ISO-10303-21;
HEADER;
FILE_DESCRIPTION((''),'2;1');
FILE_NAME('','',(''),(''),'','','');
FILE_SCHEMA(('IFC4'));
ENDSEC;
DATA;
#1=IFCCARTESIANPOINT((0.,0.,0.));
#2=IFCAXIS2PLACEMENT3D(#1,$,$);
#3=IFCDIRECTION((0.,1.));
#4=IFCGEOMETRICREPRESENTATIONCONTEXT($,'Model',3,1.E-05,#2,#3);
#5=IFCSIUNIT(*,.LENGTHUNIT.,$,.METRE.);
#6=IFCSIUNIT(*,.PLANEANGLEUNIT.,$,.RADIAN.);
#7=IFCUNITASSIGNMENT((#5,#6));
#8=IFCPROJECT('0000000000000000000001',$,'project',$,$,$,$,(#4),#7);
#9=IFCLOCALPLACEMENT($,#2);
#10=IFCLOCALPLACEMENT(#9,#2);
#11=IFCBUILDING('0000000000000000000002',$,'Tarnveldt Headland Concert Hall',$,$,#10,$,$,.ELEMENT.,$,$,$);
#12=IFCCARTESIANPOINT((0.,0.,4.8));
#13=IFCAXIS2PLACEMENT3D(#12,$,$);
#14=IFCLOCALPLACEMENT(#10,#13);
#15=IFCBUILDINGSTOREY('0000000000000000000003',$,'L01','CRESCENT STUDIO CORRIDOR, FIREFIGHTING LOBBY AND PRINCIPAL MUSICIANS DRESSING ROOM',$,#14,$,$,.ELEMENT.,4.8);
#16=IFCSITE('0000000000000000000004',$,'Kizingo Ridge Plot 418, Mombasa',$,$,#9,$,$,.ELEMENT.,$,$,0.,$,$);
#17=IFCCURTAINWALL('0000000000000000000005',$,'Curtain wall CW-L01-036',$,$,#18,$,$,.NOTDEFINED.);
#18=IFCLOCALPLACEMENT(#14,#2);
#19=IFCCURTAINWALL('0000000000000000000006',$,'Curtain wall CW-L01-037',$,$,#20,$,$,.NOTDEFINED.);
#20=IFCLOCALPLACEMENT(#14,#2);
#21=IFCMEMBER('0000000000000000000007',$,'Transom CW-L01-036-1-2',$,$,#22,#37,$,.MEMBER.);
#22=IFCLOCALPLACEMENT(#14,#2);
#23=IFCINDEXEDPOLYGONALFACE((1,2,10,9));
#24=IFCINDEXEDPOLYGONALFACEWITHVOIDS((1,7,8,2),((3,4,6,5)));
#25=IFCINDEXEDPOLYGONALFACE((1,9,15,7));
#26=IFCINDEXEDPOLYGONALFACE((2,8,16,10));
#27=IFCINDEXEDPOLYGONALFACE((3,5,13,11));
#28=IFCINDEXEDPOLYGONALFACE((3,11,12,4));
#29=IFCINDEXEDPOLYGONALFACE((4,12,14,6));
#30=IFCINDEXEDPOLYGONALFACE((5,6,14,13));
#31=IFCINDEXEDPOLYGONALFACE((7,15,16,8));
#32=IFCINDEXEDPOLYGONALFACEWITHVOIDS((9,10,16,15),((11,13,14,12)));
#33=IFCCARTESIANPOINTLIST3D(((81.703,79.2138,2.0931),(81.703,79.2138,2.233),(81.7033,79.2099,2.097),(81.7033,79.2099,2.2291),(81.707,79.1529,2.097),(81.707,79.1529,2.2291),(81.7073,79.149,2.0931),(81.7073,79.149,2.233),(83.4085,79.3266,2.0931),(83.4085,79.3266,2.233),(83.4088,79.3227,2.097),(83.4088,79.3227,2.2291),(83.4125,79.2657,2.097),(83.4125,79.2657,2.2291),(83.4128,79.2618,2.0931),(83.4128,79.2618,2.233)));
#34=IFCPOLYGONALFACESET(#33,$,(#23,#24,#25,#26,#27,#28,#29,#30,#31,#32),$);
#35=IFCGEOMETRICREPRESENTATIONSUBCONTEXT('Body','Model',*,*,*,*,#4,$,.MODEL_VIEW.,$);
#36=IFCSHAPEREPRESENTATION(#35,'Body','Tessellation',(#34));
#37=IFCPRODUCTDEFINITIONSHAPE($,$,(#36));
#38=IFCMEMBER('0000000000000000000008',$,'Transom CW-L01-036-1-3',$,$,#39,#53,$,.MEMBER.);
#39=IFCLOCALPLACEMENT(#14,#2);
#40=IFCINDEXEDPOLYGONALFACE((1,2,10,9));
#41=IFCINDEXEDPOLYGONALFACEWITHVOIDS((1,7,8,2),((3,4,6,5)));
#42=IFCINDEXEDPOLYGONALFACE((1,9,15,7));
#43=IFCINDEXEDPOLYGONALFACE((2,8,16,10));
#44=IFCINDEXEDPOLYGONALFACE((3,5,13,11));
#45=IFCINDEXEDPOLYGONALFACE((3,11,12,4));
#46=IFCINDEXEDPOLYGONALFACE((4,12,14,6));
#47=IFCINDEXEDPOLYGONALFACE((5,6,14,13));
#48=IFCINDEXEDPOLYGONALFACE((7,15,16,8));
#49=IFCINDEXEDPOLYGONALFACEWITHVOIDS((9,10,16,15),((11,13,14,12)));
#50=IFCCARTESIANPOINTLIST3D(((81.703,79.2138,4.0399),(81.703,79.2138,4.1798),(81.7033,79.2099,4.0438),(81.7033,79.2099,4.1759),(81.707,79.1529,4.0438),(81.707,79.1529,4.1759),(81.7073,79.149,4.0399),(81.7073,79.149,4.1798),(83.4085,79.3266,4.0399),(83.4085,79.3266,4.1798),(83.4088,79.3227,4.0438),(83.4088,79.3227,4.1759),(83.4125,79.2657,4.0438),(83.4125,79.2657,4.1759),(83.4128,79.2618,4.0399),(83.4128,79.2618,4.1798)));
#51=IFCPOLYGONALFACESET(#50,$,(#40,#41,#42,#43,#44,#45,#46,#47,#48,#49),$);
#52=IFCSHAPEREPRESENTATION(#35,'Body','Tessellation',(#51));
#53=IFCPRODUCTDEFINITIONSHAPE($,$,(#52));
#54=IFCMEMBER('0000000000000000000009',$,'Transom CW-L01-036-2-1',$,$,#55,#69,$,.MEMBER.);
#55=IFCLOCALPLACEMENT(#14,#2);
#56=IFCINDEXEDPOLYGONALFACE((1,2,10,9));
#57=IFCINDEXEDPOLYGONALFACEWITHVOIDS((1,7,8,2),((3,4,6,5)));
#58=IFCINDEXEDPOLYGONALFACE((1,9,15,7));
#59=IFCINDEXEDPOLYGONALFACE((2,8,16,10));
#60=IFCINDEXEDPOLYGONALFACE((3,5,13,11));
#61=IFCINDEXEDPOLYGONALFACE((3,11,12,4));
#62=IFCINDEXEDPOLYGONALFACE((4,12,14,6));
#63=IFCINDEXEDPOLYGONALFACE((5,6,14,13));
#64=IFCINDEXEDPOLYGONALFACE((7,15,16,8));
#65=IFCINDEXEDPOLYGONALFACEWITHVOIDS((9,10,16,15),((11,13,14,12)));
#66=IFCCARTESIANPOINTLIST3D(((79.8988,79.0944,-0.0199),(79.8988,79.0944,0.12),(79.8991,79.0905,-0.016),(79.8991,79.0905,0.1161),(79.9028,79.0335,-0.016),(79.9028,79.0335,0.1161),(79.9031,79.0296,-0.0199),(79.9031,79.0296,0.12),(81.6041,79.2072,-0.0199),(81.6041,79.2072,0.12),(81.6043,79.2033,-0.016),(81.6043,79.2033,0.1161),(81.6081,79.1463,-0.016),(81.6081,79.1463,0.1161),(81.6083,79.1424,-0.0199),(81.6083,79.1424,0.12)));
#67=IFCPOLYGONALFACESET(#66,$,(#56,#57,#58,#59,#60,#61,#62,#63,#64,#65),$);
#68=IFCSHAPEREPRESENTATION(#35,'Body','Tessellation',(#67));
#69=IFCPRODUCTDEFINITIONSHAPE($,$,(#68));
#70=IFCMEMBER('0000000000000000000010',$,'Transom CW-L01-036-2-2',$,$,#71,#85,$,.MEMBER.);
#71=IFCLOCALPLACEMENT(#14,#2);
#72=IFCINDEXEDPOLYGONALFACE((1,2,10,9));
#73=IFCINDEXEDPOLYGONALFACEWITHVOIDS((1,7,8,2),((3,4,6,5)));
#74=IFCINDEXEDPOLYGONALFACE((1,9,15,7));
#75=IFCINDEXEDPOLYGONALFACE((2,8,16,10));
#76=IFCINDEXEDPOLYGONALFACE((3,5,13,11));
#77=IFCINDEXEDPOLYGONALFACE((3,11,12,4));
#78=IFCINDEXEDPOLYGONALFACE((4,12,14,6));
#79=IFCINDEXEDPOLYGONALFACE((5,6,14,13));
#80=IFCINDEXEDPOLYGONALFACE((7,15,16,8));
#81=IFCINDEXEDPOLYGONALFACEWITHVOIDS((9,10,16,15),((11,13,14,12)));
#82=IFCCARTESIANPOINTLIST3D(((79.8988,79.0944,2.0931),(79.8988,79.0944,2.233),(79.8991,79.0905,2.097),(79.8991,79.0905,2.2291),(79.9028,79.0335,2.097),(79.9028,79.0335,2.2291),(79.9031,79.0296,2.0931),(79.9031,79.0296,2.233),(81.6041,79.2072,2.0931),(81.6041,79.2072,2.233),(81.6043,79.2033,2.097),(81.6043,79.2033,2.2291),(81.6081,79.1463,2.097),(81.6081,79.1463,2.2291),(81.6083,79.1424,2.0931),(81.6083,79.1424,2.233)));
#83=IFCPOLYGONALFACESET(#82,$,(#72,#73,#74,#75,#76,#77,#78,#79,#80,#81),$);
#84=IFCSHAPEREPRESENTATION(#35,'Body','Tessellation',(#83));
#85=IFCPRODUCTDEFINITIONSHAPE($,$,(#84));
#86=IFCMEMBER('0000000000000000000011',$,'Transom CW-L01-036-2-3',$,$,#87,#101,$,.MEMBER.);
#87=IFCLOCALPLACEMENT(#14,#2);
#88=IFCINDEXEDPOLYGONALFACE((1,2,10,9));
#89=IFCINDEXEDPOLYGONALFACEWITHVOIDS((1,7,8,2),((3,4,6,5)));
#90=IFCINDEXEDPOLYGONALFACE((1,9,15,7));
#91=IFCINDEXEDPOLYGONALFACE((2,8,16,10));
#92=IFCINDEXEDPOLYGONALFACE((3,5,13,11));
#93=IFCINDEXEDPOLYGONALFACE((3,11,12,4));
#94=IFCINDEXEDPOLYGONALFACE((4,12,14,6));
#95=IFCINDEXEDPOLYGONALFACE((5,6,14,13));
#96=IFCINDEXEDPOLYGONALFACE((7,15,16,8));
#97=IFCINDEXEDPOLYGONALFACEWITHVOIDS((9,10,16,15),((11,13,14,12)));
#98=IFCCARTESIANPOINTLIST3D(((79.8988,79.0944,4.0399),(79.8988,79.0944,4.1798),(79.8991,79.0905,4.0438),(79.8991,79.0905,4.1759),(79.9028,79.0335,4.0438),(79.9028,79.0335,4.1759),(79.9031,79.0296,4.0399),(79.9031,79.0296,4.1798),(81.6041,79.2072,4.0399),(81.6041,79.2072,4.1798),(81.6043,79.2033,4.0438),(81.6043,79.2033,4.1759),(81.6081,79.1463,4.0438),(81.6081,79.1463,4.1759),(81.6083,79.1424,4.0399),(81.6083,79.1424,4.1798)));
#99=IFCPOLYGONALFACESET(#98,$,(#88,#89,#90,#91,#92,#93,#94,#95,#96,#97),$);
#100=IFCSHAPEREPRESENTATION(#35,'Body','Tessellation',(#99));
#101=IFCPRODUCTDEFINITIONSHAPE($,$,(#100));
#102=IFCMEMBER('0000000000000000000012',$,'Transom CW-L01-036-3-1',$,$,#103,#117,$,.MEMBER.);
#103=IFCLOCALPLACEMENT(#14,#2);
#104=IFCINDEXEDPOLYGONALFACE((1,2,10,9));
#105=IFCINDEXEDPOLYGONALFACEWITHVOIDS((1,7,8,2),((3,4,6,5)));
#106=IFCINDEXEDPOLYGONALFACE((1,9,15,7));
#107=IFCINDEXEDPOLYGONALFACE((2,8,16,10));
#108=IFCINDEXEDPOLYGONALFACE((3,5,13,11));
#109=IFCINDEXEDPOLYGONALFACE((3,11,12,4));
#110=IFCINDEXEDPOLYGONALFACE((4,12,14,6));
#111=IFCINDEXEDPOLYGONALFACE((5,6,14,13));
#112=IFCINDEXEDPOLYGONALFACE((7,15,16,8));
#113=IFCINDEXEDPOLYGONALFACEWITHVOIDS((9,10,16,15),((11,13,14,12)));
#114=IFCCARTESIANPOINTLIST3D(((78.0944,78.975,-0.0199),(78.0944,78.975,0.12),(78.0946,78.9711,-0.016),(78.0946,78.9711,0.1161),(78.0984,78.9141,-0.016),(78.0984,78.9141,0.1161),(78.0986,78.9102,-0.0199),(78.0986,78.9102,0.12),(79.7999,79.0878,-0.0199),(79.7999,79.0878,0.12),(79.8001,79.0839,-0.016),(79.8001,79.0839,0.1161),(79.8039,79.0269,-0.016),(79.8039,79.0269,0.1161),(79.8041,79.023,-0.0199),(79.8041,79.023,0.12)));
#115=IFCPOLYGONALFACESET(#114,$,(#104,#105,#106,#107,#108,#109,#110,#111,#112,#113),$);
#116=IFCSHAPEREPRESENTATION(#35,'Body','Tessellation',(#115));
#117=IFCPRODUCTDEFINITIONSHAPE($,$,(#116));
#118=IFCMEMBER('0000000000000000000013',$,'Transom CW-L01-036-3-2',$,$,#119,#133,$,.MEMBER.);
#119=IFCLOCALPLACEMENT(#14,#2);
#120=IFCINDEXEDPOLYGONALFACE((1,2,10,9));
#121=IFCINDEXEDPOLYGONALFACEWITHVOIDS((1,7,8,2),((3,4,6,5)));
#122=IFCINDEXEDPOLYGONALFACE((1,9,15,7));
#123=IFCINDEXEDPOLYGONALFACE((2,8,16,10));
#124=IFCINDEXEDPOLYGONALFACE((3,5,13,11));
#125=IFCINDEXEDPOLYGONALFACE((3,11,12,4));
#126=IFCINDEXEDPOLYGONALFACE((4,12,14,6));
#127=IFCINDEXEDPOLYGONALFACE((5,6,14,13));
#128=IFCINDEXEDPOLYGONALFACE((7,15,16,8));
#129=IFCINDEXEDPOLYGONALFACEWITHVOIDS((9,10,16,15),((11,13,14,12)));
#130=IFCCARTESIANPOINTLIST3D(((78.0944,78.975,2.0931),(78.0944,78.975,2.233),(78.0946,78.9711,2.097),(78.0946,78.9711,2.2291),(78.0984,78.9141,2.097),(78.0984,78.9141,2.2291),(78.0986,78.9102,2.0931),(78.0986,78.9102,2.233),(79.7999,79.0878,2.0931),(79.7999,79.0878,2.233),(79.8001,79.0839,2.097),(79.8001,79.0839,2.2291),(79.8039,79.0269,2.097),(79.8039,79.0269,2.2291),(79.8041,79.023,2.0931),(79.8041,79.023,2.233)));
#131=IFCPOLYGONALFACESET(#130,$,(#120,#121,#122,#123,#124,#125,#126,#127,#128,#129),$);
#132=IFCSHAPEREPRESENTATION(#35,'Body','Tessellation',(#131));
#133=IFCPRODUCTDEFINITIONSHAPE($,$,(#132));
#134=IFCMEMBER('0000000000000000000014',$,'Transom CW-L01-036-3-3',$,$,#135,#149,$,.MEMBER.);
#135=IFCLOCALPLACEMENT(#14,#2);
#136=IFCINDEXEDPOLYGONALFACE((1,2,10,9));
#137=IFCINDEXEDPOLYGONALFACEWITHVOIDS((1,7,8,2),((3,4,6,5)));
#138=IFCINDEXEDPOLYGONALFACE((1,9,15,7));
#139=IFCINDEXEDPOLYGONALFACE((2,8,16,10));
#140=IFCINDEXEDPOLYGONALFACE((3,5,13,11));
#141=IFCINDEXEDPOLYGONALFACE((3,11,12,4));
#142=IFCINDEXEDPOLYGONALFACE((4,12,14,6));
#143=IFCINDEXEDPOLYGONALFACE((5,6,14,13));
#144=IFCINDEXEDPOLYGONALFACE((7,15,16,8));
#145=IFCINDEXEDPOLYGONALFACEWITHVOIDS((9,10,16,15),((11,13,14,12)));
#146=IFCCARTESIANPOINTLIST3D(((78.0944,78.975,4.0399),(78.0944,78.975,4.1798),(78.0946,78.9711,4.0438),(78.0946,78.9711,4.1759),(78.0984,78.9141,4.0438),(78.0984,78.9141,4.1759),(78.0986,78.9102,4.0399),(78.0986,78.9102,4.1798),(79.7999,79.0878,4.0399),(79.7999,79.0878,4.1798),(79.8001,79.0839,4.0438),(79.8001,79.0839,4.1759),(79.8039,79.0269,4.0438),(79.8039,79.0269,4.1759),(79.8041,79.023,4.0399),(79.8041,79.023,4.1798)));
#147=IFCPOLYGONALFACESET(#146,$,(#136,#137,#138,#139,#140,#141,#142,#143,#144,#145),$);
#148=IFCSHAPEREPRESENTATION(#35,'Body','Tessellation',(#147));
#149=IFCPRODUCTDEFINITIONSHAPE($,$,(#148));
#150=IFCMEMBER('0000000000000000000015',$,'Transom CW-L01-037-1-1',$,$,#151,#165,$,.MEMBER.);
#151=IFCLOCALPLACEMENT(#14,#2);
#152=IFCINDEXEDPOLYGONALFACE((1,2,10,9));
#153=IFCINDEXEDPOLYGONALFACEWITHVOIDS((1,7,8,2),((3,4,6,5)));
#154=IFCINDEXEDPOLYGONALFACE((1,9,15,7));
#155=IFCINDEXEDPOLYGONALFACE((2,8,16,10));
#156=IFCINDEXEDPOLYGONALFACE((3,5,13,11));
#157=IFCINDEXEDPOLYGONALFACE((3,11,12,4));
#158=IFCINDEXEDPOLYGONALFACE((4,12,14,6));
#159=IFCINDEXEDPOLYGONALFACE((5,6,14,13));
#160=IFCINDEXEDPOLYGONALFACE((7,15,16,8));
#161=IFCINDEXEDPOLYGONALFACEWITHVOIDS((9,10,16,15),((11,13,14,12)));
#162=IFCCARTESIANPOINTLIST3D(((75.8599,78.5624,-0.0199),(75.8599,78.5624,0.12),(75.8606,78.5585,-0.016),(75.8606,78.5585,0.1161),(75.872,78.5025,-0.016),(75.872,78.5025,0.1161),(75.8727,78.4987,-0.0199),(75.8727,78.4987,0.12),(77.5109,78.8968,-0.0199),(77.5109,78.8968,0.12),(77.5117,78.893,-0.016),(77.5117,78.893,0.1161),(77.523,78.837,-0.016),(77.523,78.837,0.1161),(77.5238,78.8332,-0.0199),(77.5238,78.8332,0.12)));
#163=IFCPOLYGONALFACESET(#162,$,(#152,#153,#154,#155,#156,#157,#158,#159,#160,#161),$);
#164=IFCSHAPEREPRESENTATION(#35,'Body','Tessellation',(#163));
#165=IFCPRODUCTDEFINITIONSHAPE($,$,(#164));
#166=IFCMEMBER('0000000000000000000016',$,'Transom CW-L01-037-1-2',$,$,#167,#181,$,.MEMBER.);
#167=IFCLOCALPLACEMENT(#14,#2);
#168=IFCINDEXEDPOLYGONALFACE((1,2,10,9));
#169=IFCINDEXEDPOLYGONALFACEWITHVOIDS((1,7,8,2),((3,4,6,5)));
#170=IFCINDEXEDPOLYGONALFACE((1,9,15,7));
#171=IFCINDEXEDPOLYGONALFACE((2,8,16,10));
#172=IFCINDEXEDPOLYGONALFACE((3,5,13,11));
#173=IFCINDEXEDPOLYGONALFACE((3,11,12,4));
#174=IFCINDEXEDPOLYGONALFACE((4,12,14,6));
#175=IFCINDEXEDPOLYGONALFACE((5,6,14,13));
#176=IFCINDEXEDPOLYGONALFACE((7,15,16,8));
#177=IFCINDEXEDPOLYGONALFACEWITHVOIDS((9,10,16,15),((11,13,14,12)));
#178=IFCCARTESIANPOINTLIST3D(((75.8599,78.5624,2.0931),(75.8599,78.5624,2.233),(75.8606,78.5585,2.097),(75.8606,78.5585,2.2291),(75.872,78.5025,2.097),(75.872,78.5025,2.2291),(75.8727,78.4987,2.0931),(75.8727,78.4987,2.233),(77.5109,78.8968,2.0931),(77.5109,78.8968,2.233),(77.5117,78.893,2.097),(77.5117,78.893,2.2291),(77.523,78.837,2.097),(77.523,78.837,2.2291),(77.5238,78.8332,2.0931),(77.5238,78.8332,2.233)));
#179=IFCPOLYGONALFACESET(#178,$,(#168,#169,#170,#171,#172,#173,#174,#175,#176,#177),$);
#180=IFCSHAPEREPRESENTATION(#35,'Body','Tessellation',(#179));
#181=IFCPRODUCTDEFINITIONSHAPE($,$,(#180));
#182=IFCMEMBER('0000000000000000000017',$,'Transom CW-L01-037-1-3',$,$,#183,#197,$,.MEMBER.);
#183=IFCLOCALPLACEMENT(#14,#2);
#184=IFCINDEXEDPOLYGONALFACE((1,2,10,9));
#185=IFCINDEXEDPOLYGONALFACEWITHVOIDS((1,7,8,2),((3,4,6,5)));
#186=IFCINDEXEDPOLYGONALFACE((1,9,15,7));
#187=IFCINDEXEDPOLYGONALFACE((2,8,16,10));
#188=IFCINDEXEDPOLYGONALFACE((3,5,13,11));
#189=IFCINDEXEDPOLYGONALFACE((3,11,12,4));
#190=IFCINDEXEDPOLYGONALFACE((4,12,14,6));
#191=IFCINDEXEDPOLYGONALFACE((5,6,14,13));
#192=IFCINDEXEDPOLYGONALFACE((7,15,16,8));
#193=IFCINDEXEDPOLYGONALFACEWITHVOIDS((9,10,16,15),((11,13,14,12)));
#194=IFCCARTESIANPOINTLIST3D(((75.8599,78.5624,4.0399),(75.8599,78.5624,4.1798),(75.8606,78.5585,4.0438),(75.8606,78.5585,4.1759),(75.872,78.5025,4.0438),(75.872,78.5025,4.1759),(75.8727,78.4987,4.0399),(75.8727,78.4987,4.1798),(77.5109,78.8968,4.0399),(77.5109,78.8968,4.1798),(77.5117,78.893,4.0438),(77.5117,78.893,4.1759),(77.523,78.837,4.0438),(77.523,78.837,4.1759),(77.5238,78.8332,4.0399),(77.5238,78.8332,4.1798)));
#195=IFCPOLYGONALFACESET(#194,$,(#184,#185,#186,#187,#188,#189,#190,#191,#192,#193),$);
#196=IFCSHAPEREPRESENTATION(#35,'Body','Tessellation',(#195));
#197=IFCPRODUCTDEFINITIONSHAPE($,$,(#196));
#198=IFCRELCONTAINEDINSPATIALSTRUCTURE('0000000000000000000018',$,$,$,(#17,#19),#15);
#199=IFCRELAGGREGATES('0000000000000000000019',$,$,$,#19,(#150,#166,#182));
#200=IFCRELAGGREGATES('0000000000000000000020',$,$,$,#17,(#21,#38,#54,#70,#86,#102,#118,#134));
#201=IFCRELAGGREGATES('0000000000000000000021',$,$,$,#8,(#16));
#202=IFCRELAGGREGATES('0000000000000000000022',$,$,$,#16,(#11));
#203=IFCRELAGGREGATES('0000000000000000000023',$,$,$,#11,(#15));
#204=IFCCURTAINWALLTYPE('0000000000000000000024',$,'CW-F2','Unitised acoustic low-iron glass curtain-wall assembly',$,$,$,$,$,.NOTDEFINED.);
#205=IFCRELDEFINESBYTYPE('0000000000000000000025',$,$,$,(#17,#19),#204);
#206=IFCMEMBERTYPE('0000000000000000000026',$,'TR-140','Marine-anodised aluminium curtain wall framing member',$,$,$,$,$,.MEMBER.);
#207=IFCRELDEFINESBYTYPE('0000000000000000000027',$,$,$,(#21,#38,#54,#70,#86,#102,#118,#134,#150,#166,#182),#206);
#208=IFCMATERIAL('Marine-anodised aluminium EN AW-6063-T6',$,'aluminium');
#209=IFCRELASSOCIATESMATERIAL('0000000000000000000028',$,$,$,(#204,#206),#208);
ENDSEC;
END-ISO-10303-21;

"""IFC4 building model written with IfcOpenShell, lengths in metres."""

from ifc_helpers import new_model, si_unit, direction, frame, origin, origin_2d, place, context, subcontext, project, spatial, hollow_rectangle, extrude, material, material_profile, profile_set, type_object, element, aggregate, save


model = new_model("IFC4")

# Units and contexts
model_context = context("Model", 3, precision=1e-05, world=origin(), true_north=direction((0.0, 1.0)))
body_context = subcontext(model_context, "Body", "Model", "MODEL_VIEW")
ifc_project = project(units=[si_unit("LENGTHUNIT", "METRE"), si_unit("PLANEANGLEUNIT", "RADIAN")], contexts=[model_context])

# Site, building, storey
site_placement = place(None, origin())
site = spatial("IfcSite", under=ifc_project, at=site_placement, Name="Kizingo Ridge Plot 418, Mombasa", CompositionType="ELEMENT", RefElevation=0.0)
building_placement = place(site_placement, origin())
building = spatial("IfcBuilding", under=site, at=building_placement, Name="Tarnveldt Headland Concert Hall", CompositionType="ELEMENT")
storey_placement = place(building_placement, frame((0.0, 0.0, 4.8)))
storey = spatial("IfcBuildingStorey", under=building, at=storey_placement, Name="L01", Description="CRESCENT STUDIO CORRIDOR, FIREFIGHTING LOBBY AND PRINCIPAL MUSICIANS DRESSING ROOM", CompositionType="ELEMENT", Elevation=4.8)

# Shared definitions
ifc_material_1 = material(Name="Marine-anodised aluminium EN AW-6063-T6", Category="aluminium")
curtain_wall_type = type_object("IfcCurtainWallType", Name="CW-F2", Description="Unitised acoustic low-iron glass curtain-wall assembly", PredefinedType="NOTDEFINED", material=ifc_material_1)

# Curtain wall
curtain_wall_1_placement = place(storey_placement, origin())
curtain_wall_1 = element("IfcCurtainWall", 1, at=curtain_wall_1_placement, inside=storey, type_object=curtain_wall_type, Name="Curtain wall CW-L01-036", PredefinedType="NOTDEFINED")

# Curtain wall
curtain_wall_2_placement = place(storey_placement, origin())
curtain_wall_2 = element("IfcCurtainWall", 2, at=curtain_wall_2_placement, inside=storey, type_object=curtain_wall_type, Name="Curtain wall CW-L01-037", PredefinedType="NOTDEFINED")

# Members
ifc_material_profile_1 = material_profile(ifc_material_1, hollow_rectangle(XDim=0.0649, YDim=0.1399, WallThickness=0.0039, at=origin_2d()), Name="ALU TRANSOM 65x140x4", Category="aluminium")
ifc_profile_set_1 = profile_set([ifc_material_profile_1], Name="Marine-anodised aluminium EN AW-6063-T6")
member_type_1 = type_object("IfcMemberType", Name="TR-140", Description="Marine-anodised aluminium curtain wall framing member", PredefinedType="MEMBER", material=ifc_profile_set_1)
member_1_placement = place(storey_placement, frame((83.4106, 79.2942, 2.1631), z_axis=(-0.99782, -0.065988, 0.0), x_axis=(0.065988, -0.99782, 0.0)))
member_1 = element("IfcMember", 3, at=member_1_placement, type_object=member_type_1, Name="Transom CW-L01-036-1-2", PredefinedType="MEMBER", context=body_context, shape_type="SweptSolid", body=[
    extrude(hollow_rectangle(XDim=0.0649, YDim=0.1399, WallThickness=0.0039, at=origin_2d()), origin(), (0.0, 0.0, 1.0), 1.7092),
])
member_2_placement = place(storey_placement, frame((83.4106, 79.2942, 4.1099), z_axis=(-0.99782, -0.065988, 0.0), x_axis=(0.065988, -0.99782, 0.0)))
member_2 = element("IfcMember", 4, at=member_2_placement, type_object=member_type_1, Name="Transom CW-L01-036-1-3", PredefinedType="MEMBER", context=body_context, shape_type="SweptSolid", body=[
    extrude(hollow_rectangle(XDim=0.0649, YDim=0.1399, WallThickness=0.0039, at=origin_2d()), origin(), (0.0, 0.0, 1.0), 1.7092),
])
member_3_placement = place(storey_placement, frame((81.6062, 79.1748, 0.05), z_axis=(-0.99782, -0.065998, 0.0), x_axis=(0.065998, -0.99782, 0.0)))
member_3 = element("IfcMember", 5, at=member_3_placement, type_object=member_type_1, Name="Transom CW-L01-036-2-1", PredefinedType="MEMBER", context=body_context, shape_type="SweptSolid", body=[
    extrude(hollow_rectangle(XDim=0.0649, YDim=0.1399, WallThickness=0.0039, at=origin_2d()), origin(), (0.0, 0.0, 1.0), 1.709),
])
member_4_placement = place(storey_placement, frame((81.6062, 79.1748, 2.1631), z_axis=(-0.99782, -0.065998, 0.0), x_axis=(0.065998, -0.99782, 0.0)))
member_4 = element("IfcMember", 6, at=member_4_placement, type_object=member_type_1, Name="Transom CW-L01-036-2-2", PredefinedType="MEMBER", context=body_context, shape_type="SweptSolid", body=[
    extrude(hollow_rectangle(XDim=0.0649, YDim=0.1399, WallThickness=0.0039, at=origin_2d()), origin(), (0.0, 0.0, 1.0), 1.709),
])
member_5_placement = place(storey_placement, frame((81.6062, 79.1748, 4.1099), z_axis=(-0.99782, -0.065998, 0.0), x_axis=(0.065998, -0.99782, 0.0)))
member_5 = element("IfcMember", 7, at=member_5_placement, type_object=member_type_1, Name="Transom CW-L01-036-2-3", PredefinedType="MEMBER", context=body_context, shape_type="SweptSolid", body=[
    extrude(hollow_rectangle(XDim=0.0649, YDim=0.1399, WallThickness=0.0039, at=origin_2d()), origin(), (0.0, 0.0, 1.0), 1.709),
])
member_6_placement = place(storey_placement, frame((79.802, 79.0554, 0.05), z_axis=(-0.99782, -0.065988, 0.0), x_axis=(0.065988, -0.99782, 0.0)))
member_6 = element("IfcMember", 8, at=member_6_placement, type_object=member_type_1, Name="Transom CW-L01-036-3-1", PredefinedType="MEMBER", context=body_context, shape_type="SweptSolid", body=[
    extrude(hollow_rectangle(XDim=0.0649, YDim=0.1399, WallThickness=0.0039, at=origin_2d()), origin(), (0.0, 0.0, 1.0), 1.7092),
])
member_7_placement = place(storey_placement, frame((79.802, 79.0554, 2.1631), z_axis=(-0.99782, -0.065988, 0.0), x_axis=(0.065988, -0.99782, 0.0)))
member_7 = element("IfcMember", 9, at=member_7_placement, type_object=member_type_1, Name="Transom CW-L01-036-3-2", PredefinedType="MEMBER", context=body_context, shape_type="SweptSolid", body=[
    extrude(hollow_rectangle(XDim=0.0649, YDim=0.1399, WallThickness=0.0039, at=origin_2d()), origin(), (0.0, 0.0, 1.0), 1.7092),
])
member_8_placement = place(storey_placement, frame((79.802, 79.0554, 4.1099), z_axis=(-0.99782, -0.065988, 0.0), x_axis=(0.065988, -0.99782, 0.0)))
member_8 = element("IfcMember", 10, at=member_8_placement, type_object=member_type_1, Name="Transom CW-L01-036-3-3", PredefinedType="MEMBER", context=body_context, shape_type="SweptSolid", body=[
    extrude(hollow_rectangle(XDim=0.0649, YDim=0.1399, WallThickness=0.0039, at=origin_2d()), origin(), (0.0, 0.0, 1.0), 1.7092),
])
member_9_placement = place(storey_placement, frame((77.5173, 78.865, 0.05), z_axis=(-0.980093, -0.19854, 0.0), x_axis=(0.19854, -0.980093, 0.0)))
member_9 = element("IfcMember", 11, at=member_9_placement, type_object=member_type_1, Name="Transom CW-L01-037-1-1", PredefinedType="MEMBER", context=body_context, shape_type="SweptSolid", body=[
    extrude(hollow_rectangle(XDim=0.0649, YDim=0.1399, WallThickness=0.0039, at=origin_2d()), origin(), (0.0, 0.0, 1.0), 1.6846),
])
member_10_placement = place(storey_placement, frame((77.5173, 78.865, 2.1631), z_axis=(-0.980093, -0.19854, 0.0), x_axis=(0.19854, -0.980093, 0.0)))
member_10 = element("IfcMember", 12, at=member_10_placement, type_object=member_type_1, Name="Transom CW-L01-037-1-2", PredefinedType="MEMBER", context=body_context, shape_type="SweptSolid", body=[
    extrude(hollow_rectangle(XDim=0.0649, YDim=0.1399, WallThickness=0.0039, at=origin_2d()), origin(), (0.0, 0.0, 1.0), 1.6846),
])
member_11_placement = place(storey_placement, frame((77.5173, 78.865, 4.1099), z_axis=(-0.980093, -0.19854, 0.0), x_axis=(0.19854, -0.980093, 0.0)))
member_11 = element("IfcMember", 13, at=member_11_placement, type_object=member_type_1, Name="Transom CW-L01-037-1-3", PredefinedType="MEMBER", context=body_context, shape_type="SweptSolid", body=[
    extrude(hollow_rectangle(XDim=0.0649, YDim=0.1399, WallThickness=0.0039, at=origin_2d()), origin(), (0.0, 0.0, 1.0), 1.6846),
])
aggregate(curtain_wall_2, [member_9, member_10, member_11])

aggregate(curtain_wall_1, [member_1, member_2, member_3, member_4, member_5, member_6, member_7, member_8])

save(model, "model.ifc")
